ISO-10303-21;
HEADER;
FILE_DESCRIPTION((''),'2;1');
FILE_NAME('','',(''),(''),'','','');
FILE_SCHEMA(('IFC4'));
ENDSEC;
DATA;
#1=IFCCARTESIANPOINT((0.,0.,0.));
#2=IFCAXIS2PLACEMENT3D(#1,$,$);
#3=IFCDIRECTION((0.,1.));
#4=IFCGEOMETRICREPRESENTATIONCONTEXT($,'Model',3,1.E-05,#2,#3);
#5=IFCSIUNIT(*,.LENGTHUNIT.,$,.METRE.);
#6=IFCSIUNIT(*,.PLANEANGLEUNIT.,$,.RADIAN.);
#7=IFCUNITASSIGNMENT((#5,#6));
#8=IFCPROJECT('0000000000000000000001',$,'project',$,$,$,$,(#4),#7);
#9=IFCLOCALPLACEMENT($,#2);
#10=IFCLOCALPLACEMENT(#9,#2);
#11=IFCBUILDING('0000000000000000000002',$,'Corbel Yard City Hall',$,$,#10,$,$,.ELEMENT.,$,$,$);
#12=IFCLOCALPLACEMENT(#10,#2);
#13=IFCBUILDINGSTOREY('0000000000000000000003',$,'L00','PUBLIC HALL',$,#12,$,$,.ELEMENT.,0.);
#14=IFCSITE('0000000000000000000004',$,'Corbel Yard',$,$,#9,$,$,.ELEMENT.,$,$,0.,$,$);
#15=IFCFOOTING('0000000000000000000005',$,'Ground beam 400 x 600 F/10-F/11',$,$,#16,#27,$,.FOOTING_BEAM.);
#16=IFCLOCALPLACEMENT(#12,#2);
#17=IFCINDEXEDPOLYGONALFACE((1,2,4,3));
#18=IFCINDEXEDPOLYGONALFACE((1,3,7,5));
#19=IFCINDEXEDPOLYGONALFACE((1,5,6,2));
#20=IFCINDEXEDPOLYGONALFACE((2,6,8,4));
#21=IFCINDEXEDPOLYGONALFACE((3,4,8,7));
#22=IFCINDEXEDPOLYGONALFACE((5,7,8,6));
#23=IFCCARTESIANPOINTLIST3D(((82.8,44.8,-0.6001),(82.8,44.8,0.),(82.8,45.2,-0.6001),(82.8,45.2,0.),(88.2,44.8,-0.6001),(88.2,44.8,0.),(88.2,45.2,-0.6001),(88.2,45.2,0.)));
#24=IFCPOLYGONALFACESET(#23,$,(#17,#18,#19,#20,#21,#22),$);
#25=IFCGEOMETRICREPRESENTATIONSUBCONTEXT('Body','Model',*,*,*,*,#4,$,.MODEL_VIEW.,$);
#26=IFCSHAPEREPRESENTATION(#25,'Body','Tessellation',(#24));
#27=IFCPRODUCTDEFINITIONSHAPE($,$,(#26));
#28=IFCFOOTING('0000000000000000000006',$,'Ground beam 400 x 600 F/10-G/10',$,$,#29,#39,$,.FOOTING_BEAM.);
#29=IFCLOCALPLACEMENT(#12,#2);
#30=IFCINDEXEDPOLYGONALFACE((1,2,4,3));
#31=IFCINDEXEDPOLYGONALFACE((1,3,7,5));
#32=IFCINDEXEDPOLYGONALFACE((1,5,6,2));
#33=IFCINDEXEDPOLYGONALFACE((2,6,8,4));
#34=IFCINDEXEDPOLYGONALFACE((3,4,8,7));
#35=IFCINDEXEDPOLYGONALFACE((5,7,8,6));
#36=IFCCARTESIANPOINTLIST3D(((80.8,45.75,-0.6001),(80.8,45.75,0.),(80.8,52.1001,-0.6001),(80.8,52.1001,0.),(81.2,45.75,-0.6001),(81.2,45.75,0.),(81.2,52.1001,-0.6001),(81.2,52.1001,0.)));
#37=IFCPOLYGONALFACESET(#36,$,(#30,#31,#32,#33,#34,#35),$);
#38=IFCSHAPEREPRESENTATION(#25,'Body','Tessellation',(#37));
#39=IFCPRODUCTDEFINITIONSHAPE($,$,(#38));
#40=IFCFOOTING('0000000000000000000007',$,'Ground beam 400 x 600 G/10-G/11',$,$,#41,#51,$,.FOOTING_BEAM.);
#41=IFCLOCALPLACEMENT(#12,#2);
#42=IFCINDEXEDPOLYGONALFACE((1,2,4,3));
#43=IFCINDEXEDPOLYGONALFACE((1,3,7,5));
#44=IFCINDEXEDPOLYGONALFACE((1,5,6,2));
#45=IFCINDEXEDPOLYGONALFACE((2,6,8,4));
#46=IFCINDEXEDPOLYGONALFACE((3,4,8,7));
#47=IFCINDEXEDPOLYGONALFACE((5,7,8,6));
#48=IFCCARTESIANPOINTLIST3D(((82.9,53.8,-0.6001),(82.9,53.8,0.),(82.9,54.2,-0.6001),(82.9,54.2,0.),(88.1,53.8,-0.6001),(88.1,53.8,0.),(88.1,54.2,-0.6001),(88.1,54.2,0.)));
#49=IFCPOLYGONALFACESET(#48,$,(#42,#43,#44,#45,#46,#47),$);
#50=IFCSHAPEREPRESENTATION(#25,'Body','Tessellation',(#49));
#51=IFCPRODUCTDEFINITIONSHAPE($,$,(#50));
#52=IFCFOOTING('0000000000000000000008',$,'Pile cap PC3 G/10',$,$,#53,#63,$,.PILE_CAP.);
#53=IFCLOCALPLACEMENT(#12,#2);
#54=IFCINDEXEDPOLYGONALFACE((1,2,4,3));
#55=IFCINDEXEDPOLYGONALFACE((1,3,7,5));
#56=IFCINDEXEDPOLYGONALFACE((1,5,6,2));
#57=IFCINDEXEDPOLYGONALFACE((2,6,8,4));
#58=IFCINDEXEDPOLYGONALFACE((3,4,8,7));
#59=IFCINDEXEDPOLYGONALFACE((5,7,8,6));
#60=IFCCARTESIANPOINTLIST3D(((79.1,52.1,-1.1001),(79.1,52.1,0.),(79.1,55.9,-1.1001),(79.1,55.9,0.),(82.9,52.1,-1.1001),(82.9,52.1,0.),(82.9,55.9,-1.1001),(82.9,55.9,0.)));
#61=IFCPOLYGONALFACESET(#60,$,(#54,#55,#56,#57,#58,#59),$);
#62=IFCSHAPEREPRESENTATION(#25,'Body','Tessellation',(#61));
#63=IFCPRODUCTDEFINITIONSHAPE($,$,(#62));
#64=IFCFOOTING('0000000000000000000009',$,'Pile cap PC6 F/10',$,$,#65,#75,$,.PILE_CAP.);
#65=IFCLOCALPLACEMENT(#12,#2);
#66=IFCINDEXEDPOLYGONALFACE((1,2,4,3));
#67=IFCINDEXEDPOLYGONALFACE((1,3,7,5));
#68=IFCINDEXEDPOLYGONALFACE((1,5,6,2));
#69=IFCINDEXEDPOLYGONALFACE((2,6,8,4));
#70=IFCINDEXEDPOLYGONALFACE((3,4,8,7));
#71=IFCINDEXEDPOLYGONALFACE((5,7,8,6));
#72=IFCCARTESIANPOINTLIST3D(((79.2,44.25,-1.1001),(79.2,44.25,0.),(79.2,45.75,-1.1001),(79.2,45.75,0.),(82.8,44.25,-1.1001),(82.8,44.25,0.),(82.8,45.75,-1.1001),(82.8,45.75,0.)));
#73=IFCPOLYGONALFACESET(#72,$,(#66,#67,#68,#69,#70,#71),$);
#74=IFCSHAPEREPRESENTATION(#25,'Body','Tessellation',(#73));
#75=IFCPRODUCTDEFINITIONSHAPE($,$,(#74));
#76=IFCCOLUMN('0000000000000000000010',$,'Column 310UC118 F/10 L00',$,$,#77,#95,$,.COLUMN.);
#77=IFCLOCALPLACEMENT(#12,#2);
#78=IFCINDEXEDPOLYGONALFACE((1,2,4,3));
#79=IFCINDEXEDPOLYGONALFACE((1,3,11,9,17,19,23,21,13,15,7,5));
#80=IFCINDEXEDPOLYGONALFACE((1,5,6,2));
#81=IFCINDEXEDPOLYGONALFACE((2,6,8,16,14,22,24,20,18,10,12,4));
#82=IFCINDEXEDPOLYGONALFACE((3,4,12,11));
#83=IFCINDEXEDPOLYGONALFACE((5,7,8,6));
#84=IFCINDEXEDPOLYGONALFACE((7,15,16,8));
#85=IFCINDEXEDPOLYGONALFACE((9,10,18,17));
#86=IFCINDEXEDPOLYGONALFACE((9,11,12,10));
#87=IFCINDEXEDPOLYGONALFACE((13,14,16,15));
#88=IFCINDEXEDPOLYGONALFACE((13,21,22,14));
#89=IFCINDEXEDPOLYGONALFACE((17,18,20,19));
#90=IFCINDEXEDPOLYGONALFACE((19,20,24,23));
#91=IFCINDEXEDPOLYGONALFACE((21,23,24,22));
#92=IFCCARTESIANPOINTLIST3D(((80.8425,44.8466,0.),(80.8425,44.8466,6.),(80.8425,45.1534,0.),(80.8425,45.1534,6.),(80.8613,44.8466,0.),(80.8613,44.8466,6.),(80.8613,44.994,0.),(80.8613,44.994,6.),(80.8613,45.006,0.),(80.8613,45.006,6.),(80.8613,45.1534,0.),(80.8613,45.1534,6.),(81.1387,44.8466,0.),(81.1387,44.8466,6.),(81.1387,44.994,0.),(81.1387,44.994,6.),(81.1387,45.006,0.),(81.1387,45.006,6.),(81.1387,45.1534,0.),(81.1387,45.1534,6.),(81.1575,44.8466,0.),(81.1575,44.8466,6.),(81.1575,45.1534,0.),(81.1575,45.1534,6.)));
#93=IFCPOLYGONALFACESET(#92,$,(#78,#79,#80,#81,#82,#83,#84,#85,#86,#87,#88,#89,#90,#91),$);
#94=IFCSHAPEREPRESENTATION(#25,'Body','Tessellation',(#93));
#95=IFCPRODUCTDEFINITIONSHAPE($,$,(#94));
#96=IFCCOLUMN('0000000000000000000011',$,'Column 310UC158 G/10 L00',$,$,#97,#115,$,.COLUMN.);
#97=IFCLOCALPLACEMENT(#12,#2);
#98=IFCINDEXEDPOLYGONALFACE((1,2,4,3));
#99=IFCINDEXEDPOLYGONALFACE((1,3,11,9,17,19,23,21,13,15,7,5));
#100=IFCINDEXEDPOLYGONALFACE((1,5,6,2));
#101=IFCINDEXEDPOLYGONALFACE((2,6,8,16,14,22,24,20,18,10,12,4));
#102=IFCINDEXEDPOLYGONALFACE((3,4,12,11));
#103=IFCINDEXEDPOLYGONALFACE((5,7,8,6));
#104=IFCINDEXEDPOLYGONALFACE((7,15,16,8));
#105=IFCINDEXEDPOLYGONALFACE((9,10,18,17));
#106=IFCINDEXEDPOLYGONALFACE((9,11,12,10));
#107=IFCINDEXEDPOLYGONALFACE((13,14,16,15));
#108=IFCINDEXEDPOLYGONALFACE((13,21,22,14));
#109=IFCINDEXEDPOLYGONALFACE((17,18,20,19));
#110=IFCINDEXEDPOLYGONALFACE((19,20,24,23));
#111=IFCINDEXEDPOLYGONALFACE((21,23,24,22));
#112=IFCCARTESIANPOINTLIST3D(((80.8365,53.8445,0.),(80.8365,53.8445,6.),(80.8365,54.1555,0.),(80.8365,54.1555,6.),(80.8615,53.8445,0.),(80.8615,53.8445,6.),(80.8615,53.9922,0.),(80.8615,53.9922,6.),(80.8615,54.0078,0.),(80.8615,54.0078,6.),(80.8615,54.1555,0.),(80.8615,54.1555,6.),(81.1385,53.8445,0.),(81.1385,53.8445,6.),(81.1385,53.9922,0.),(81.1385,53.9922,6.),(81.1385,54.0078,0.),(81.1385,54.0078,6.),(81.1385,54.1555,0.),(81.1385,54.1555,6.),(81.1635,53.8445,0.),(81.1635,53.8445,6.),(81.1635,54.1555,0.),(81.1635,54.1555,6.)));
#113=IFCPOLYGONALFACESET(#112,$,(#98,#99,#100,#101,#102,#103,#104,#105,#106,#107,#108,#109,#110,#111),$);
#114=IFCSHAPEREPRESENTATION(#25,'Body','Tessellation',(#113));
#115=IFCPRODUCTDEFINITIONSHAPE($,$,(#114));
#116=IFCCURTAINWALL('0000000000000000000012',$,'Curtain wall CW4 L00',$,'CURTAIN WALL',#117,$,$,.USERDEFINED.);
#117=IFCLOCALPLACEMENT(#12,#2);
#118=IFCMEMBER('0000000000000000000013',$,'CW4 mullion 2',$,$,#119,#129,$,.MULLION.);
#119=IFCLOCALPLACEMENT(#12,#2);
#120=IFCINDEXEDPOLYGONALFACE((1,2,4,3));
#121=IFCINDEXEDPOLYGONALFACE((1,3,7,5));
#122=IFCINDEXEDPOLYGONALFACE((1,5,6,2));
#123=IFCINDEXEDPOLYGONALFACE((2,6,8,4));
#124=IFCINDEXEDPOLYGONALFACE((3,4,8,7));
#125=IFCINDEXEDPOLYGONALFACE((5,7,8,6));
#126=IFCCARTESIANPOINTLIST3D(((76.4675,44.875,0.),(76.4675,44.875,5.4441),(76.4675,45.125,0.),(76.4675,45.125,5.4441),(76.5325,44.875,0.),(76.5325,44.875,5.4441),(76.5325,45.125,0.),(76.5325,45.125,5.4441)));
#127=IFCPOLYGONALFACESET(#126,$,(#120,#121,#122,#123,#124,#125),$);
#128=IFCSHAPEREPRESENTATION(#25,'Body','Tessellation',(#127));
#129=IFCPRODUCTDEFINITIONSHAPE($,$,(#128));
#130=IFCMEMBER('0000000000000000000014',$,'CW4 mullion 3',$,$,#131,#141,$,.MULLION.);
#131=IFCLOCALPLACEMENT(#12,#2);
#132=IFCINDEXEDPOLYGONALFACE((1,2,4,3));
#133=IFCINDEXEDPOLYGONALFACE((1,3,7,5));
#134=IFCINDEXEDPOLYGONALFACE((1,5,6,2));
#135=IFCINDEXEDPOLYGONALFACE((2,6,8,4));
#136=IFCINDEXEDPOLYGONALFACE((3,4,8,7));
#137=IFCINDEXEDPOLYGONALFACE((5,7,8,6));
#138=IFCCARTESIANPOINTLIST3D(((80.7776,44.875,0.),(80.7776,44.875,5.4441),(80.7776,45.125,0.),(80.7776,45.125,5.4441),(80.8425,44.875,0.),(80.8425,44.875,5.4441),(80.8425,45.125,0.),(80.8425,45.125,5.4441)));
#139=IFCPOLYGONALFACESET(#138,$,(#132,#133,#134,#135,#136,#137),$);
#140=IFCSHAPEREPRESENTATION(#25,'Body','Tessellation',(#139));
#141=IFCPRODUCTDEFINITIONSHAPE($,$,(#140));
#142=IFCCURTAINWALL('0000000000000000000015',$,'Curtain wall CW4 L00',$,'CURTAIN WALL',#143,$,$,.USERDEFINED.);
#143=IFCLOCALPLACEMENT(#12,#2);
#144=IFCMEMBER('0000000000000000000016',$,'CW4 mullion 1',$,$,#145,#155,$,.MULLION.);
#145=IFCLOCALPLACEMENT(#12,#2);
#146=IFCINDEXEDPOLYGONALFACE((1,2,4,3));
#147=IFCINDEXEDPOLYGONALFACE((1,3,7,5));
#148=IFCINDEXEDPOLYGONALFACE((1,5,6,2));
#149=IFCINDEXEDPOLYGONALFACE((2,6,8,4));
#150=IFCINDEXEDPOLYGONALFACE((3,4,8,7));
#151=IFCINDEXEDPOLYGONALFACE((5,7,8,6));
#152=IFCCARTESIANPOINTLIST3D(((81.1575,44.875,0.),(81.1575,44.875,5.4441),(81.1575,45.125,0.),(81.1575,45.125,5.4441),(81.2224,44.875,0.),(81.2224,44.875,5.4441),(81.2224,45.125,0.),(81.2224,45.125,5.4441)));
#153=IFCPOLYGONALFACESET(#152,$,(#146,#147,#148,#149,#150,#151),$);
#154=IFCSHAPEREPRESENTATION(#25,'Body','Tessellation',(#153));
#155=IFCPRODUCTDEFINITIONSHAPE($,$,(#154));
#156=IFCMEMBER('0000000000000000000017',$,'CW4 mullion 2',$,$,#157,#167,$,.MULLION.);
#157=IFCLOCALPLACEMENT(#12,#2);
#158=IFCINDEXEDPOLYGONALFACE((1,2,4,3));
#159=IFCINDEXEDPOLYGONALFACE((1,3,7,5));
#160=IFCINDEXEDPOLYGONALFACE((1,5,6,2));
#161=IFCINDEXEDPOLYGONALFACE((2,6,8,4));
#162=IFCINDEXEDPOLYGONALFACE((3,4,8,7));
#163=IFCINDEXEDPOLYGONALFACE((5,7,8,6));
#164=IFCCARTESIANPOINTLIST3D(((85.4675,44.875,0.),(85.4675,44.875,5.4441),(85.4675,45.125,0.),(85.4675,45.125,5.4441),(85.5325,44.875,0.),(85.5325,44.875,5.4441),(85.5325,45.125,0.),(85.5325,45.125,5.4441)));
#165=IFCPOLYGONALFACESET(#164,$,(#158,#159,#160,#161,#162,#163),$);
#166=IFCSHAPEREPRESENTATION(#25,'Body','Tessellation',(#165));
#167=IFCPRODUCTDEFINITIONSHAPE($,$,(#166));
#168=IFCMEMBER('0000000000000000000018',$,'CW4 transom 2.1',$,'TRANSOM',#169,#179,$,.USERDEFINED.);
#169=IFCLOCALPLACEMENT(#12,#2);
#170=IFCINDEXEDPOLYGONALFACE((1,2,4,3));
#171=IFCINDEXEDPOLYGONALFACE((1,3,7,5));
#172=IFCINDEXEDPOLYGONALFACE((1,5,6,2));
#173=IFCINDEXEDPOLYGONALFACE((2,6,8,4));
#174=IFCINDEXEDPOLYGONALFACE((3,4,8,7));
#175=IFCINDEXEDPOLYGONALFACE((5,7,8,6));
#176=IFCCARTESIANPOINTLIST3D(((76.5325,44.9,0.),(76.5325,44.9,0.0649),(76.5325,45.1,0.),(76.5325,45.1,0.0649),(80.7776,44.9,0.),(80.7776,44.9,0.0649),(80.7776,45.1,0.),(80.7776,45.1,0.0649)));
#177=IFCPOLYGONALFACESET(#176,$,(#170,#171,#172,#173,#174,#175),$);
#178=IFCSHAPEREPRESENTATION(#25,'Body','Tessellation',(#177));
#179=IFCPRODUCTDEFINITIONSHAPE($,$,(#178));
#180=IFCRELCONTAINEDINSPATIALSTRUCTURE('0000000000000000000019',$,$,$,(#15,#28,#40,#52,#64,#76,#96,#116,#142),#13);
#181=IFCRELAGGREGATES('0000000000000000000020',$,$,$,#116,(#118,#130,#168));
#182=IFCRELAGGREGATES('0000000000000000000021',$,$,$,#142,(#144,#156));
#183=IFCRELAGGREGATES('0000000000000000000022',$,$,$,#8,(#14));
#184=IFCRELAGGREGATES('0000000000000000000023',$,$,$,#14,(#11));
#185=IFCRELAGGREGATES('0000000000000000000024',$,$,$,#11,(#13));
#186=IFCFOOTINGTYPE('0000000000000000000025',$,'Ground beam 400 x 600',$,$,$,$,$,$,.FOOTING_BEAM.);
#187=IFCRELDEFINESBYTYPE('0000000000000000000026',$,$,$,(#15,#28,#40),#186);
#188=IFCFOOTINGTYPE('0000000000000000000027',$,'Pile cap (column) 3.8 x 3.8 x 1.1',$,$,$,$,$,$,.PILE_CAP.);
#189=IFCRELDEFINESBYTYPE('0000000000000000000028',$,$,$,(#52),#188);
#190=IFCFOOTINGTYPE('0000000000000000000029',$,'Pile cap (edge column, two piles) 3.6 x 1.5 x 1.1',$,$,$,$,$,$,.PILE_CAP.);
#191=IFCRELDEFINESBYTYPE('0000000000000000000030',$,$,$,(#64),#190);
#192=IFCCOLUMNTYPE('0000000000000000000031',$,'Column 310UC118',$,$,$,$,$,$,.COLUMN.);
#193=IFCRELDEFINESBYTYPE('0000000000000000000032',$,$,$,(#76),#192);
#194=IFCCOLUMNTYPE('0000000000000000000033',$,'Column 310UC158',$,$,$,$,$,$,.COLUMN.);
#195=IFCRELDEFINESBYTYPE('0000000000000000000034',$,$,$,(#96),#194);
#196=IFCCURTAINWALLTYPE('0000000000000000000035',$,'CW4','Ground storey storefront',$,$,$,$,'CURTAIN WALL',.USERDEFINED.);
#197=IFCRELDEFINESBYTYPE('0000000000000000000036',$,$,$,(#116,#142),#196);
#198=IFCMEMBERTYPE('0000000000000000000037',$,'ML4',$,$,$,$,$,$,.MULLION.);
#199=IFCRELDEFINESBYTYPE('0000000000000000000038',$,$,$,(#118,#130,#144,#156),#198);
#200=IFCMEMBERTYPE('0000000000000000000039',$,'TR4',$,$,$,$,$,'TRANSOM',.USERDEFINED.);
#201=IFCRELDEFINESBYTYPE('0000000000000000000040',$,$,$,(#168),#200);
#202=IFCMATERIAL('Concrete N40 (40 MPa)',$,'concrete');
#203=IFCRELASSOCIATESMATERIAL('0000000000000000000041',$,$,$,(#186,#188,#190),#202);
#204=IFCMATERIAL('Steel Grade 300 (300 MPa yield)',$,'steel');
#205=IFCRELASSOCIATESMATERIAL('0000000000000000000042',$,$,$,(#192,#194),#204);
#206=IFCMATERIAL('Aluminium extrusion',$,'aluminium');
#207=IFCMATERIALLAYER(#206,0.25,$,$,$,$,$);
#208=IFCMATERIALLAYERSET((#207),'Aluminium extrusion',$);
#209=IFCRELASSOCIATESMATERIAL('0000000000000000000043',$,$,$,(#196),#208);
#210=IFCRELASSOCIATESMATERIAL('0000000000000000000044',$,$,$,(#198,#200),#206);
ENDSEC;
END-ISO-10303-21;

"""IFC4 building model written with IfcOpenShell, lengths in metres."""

from ifc_helpers import new_model, si_unit, direction, frame, origin, origin_2d, place, context, subcontext, project, spatial, rectangle, i_section, extrude, material, layer, layer_set, material_profile, profile_set, type_object, element, aggregate, save


model = new_model("IFC4")

# Units and contexts
model_context = context("Model", 3, precision=1e-05, world=origin(), true_north=direction((0.0, 1.0)))
body_context = subcontext(model_context, "Body", "Model", "MODEL_VIEW")
ifc_project = project(units=[si_unit("LENGTHUNIT", "METRE"), si_unit("PLANEANGLEUNIT", "RADIAN")], contexts=[model_context])

# Site, building, storey
site_placement = place(None, origin())
site = spatial("IfcSite", under=ifc_project, at=site_placement, Name="Corbel Yard", CompositionType="ELEMENT", RefElevation=0.0)
building_placement = place(site_placement, origin())
building = spatial("IfcBuilding", under=site, at=building_placement, Name="Corbel Yard City Hall", CompositionType="ELEMENT")
storey_placement = place(building_placement, origin())
storey = spatial("IfcBuildingStorey", under=building, at=storey_placement, Name="L00", Description="PUBLIC HALL", CompositionType="ELEMENT", Elevation=0.0)

# Shared definitions
ifc_material_1 = material(Name="Concrete N40 (40 MPa)", Category="concrete")

# Footings
footing_type_1 = type_object("IfcFootingType", Name="Ground beam 400 x 600", PredefinedType="FOOTING_BEAM", material=ifc_material_1)
footing_1_placement = place(storey_placement, frame((85.5, 45.0, -0.6001), z_axis=(0.0, 0.0, 1.0), x_axis=(1.0, 0.0, 0.0)))
element("IfcFooting", 1, at=footing_1_placement, inside=storey, type_object=footing_type_1, Name="Ground beam 400 x 600 F/10-F/11", PredefinedType="FOOTING_BEAM", context=body_context, shape_type="SweptSolid", body=[
    extrude(rectangle(XDim=5.3999, YDim=0.3999, at=origin_2d()), origin(), (0.0, 0.0, 1.0), 0.6001),
])
footing_2_placement = place(storey_placement, frame((81.0, 48.925, -0.6001), z_axis=(0.0, 0.0, 1.0), x_axis=(1.0, 0.0, 0.0)))
element("IfcFooting", 2, at=footing_2_placement, inside=storey, type_object=footing_type_1, Name="Ground beam 400 x 600 F/10-G/10", PredefinedType="FOOTING_BEAM", context=body_context, shape_type="SweptSolid", body=[
    extrude(rectangle(XDim=0.3999, YDim=6.3501, at=origin_2d()), origin(), (0.0, 0.0, 1.0), 0.6001),
])
footing_3_placement = place(storey_placement, frame((85.5, 54.0, -0.6001), z_axis=(0.0, 0.0, 1.0), x_axis=(1.0, 0.0, 0.0)))
element("IfcFooting", 3, at=footing_3_placement, inside=storey, type_object=footing_type_1, Name="Ground beam 400 x 600 G/10-G/11", PredefinedType="FOOTING_BEAM", context=body_context, shape_type="SweptSolid", body=[
    extrude(rectangle(XDim=5.2, YDim=0.3999, at=origin_2d()), origin(), (0.0, 0.0, 1.0), 0.6001),
])
footing_type_2 = type_object("IfcFootingType", Name="Pile cap (column) 3.8 x 3.8 x 1.1", PredefinedType="PILE_CAP", material=ifc_material_1)
footing_4_placement = place(storey_placement, frame((81.0, 54.0, -1.1001), z_axis=(0.0, 0.0, 1.0), x_axis=(1.0, 0.0, 0.0)))
element("IfcFooting", 4, at=footing_4_placement, inside=storey, type_object=footing_type_2, Name="Pile cap PC3 G/10", PredefinedType="PILE_CAP", context=body_context, shape_type="SweptSolid", body=[
    extrude(rectangle(XDim=3.8, YDim=3.8, at=origin_2d()), origin(), (0.0, 0.0, 1.0), 1.1001),
])
footing_type_3 = type_object("IfcFootingType", Name="Pile cap (edge column, two piles) 3.6 x 1.5 x 1.1", PredefinedType="PILE_CAP", material=ifc_material_1)
footing_5_placement = place(storey_placement, frame((81.0, 45.0, -1.1001), z_axis=(0.0, 0.0, 1.0), x_axis=(1.0, 0.0, 0.0)))
element("IfcFooting", 5, at=footing_5_placement, inside=storey, type_object=footing_type_3, Name="Pile cap PC6 F/10", PredefinedType="PILE_CAP", context=body_context, shape_type="SweptSolid", body=[
    extrude(rectangle(XDim=3.6001, YDim=1.5, at=origin_2d()), origin(), (0.0, 0.0, 1.0), 1.1001),
])

# Columns
ifc_material_2 = material(Name="Steel Grade 300 (300 MPa yield)", Category="steel")
ifc_material_profile_1 = material_profile(ifc_material_2, i_section(OverallWidth=0.3069, OverallDepth=0.3149, WebThickness=0.012, FlangeThickness=0.0188, at=origin_2d()), Name="310UC118")
ifc_profile_set_1 = profile_set([ifc_material_profile_1], Name="Steel Grade 300 (300 MPa yield)")
column_type_1 = type_object("IfcColumnType", Name="Column 310UC118", PredefinedType="COLUMN", material=ifc_profile_set_1)
column_1_placement = place(storey_placement, frame((81.0, 45.0, 0.0), z_axis=(0.0, 0.0, 1.0), x_axis=(0.0, 1.0, 0.0)))
element("IfcColumn", 6, at=column_1_placement, inside=storey, type_object=column_type_1, Name="Column 310UC118 F/10 L00", PredefinedType="COLUMN", context=body_context, shape_type="SweptSolid", body=[
    extrude(i_section(OverallWidth=0.3069, OverallDepth=0.3149, WebThickness=0.012, FlangeThickness=0.0188, at=origin_2d()), origin(), (0.0, 0.0, 1.0), 6.0),
])
ifc_material_profile_2 = material_profile(ifc_material_2, i_section(OverallWidth=0.311, OverallDepth=0.3269, WebThickness=0.0156, FlangeThickness=0.0249, at=origin_2d()), Name="310UC158")
ifc_profile_set_2 = profile_set([ifc_material_profile_2], Name="Steel Grade 300 (300 MPa yield)")
column_type_2 = type_object("IfcColumnType", Name="Column 310UC158", PredefinedType="COLUMN", material=ifc_profile_set_2)
column_2_placement = place(storey_placement, frame((81.0, 54.0, 0.0), z_axis=(0.0, 0.0, 1.0), x_axis=(0.0, 1.0, 0.0)))
element("IfcColumn", 7, at=column_2_placement, inside=storey, type_object=column_type_2, Name="Column 310UC158 G/10 L00", PredefinedType="COLUMN", context=body_context, shape_type="SweptSolid", body=[
    extrude(i_section(OverallWidth=0.311, OverallDepth=0.3269, WebThickness=0.0156, FlangeThickness=0.0249, at=origin_2d()), origin(), (0.0, 0.0, 1.0), 6.0),
])

# Curtain walls, members
ifc_material_3 = material(Name="Aluminium extrusion", Category="aluminium")
ifc_layer_1 = layer(ifc_material_3, 0.25)
ifc_layer_set_1 = layer_set([ifc_layer_1], Name="Aluminium extrusion")
curtain_wall_type = type_object("IfcCurtainWallType", Name="CW4", Description="Ground storey storefront", ElementType="CURTAIN WALL", PredefinedType="USERDEFINED", material=ifc_layer_set_1)
curtain_wall_1_placement = place(storey_placement, origin())
curtain_wall_1 = element("IfcCurtainWall", 8, at=curtain_wall_1_placement, inside=storey, type_object=curtain_wall_type, Name="Curtain wall CW4 L00", ObjectType="CURTAIN WALL", PredefinedType="USERDEFINED")
ifc_material_profile_3 = material_profile(ifc_material_3, rectangle(XDim=0.25, YDim=0.0649, at=origin_2d()), Name="250x65")
ifc_profile_set_3 = profile_set([ifc_material_profile_3], Name="Aluminium extrusion")
member_type_1 = type_object("IfcMemberType", Name="ML4", PredefinedType="MULLION", material=ifc_profile_set_3)
member_1_placement = place(storey_placement, frame((76.5, 45.0, 0.0), z_axis=(0.0, 0.0, 1.0), x_axis=(0.0, 1.0, 0.0)))
member_1 = element("IfcMember", 9, at=member_1_placement, type_object=member_type_1, Name="CW4 mullion 2", PredefinedType="MULLION", context=body_context, shape_type="SweptSolid", body=[
    extrude(rectangle(XDim=0.25, YDim=0.0649, at=origin_2d()), origin(), (0.0, 0.0, 1.0), 5.4441),
])
member_2_placement = place(storey_placement, frame((80.8101, 45.0, 0.0), z_axis=(0.0, 0.0, 1.0), x_axis=(0.0, 1.0, 0.0)))
member_2 = element("IfcMember", 10, at=member_2_placement, type_object=member_type_1, Name="CW4 mullion 3", PredefinedType="MULLION", context=body_context, shape_type="SweptSolid", body=[
    extrude(rectangle(XDim=0.25, YDim=0.0649, at=origin_2d()), origin(), (0.0, 0.0, 1.0), 5.4441),
])
curtain_wall_2_placement = place(storey_placement, origin())
curtain_wall_2 = element("IfcCurtainWall", 11, at=curtain_wall_2_placement, inside=storey, type_object=curtain_wall_type, Name="Curtain wall CW4 L00", ObjectType="CURTAIN WALL", PredefinedType="USERDEFINED")
member_3_placement = place(storey_placement, frame((81.1899, 45.0, 0.0), z_axis=(0.0, 0.0, 1.0), x_axis=(0.0, 1.0, 0.0)))
member_3 = element("IfcMember", 12, at=member_3_placement, type_object=member_type_1, Name="CW4 mullion 1", PredefinedType="MULLION", context=body_context, shape_type="SweptSolid", body=[
    extrude(rectangle(XDim=0.25, YDim=0.0649, at=origin_2d()), origin(), (0.0, 0.0, 1.0), 5.4441),
])
member_4_placement = place(storey_placement, frame((85.5, 45.0, 0.0), z_axis=(0.0, 0.0, 1.0), x_axis=(0.0, 1.0, 0.0)))
member_4 = element("IfcMember", 13, at=member_4_placement, type_object=member_type_1, Name="CW4 mullion 2", PredefinedType="MULLION", context=body_context, shape_type="SweptSolid", body=[
    extrude(rectangle(XDim=0.25, YDim=0.0649, at=origin_2d()), origin(), (0.0, 0.0, 1.0), 5.4441),
])

# Member
ifc_material_profile_4 = material_profile(ifc_material_3, rectangle(XDim=0.2, YDim=0.0649, at=origin_2d()), Name="200x65")
ifc_profile_set_4 = profile_set([ifc_material_profile_4], Name="Aluminium extrusion")
member_type_2 = type_object("IfcMemberType", Name="TR4", ElementType="TRANSOM", PredefinedType="USERDEFINED", material=ifc_profile_set_4)
member_5_placement = place(storey_placement, frame((76.5325, 45.0, 0.0325), z_axis=(1.0, 0.0, 0.0), x_axis=(0.0, 1.0, 0.0)))
member_5 = element("IfcMember", 14, at=member_5_placement, type_object=member_type_2, Name="CW4 transom 2.1", ObjectType="TRANSOM", PredefinedType="USERDEFINED", context=body_context, shape_type="SweptSolid", body=[
    extrude(rectangle(XDim=0.2, YDim=0.0649, at=origin_2d()), origin(), (0.0, 0.0, 1.0), 4.2451),
])

aggregate(curtain_wall_1, [member_1, member_2, member_5])
aggregate(curtain_wall_2, [member_3, member_4])

save(model, "model.ifc")
